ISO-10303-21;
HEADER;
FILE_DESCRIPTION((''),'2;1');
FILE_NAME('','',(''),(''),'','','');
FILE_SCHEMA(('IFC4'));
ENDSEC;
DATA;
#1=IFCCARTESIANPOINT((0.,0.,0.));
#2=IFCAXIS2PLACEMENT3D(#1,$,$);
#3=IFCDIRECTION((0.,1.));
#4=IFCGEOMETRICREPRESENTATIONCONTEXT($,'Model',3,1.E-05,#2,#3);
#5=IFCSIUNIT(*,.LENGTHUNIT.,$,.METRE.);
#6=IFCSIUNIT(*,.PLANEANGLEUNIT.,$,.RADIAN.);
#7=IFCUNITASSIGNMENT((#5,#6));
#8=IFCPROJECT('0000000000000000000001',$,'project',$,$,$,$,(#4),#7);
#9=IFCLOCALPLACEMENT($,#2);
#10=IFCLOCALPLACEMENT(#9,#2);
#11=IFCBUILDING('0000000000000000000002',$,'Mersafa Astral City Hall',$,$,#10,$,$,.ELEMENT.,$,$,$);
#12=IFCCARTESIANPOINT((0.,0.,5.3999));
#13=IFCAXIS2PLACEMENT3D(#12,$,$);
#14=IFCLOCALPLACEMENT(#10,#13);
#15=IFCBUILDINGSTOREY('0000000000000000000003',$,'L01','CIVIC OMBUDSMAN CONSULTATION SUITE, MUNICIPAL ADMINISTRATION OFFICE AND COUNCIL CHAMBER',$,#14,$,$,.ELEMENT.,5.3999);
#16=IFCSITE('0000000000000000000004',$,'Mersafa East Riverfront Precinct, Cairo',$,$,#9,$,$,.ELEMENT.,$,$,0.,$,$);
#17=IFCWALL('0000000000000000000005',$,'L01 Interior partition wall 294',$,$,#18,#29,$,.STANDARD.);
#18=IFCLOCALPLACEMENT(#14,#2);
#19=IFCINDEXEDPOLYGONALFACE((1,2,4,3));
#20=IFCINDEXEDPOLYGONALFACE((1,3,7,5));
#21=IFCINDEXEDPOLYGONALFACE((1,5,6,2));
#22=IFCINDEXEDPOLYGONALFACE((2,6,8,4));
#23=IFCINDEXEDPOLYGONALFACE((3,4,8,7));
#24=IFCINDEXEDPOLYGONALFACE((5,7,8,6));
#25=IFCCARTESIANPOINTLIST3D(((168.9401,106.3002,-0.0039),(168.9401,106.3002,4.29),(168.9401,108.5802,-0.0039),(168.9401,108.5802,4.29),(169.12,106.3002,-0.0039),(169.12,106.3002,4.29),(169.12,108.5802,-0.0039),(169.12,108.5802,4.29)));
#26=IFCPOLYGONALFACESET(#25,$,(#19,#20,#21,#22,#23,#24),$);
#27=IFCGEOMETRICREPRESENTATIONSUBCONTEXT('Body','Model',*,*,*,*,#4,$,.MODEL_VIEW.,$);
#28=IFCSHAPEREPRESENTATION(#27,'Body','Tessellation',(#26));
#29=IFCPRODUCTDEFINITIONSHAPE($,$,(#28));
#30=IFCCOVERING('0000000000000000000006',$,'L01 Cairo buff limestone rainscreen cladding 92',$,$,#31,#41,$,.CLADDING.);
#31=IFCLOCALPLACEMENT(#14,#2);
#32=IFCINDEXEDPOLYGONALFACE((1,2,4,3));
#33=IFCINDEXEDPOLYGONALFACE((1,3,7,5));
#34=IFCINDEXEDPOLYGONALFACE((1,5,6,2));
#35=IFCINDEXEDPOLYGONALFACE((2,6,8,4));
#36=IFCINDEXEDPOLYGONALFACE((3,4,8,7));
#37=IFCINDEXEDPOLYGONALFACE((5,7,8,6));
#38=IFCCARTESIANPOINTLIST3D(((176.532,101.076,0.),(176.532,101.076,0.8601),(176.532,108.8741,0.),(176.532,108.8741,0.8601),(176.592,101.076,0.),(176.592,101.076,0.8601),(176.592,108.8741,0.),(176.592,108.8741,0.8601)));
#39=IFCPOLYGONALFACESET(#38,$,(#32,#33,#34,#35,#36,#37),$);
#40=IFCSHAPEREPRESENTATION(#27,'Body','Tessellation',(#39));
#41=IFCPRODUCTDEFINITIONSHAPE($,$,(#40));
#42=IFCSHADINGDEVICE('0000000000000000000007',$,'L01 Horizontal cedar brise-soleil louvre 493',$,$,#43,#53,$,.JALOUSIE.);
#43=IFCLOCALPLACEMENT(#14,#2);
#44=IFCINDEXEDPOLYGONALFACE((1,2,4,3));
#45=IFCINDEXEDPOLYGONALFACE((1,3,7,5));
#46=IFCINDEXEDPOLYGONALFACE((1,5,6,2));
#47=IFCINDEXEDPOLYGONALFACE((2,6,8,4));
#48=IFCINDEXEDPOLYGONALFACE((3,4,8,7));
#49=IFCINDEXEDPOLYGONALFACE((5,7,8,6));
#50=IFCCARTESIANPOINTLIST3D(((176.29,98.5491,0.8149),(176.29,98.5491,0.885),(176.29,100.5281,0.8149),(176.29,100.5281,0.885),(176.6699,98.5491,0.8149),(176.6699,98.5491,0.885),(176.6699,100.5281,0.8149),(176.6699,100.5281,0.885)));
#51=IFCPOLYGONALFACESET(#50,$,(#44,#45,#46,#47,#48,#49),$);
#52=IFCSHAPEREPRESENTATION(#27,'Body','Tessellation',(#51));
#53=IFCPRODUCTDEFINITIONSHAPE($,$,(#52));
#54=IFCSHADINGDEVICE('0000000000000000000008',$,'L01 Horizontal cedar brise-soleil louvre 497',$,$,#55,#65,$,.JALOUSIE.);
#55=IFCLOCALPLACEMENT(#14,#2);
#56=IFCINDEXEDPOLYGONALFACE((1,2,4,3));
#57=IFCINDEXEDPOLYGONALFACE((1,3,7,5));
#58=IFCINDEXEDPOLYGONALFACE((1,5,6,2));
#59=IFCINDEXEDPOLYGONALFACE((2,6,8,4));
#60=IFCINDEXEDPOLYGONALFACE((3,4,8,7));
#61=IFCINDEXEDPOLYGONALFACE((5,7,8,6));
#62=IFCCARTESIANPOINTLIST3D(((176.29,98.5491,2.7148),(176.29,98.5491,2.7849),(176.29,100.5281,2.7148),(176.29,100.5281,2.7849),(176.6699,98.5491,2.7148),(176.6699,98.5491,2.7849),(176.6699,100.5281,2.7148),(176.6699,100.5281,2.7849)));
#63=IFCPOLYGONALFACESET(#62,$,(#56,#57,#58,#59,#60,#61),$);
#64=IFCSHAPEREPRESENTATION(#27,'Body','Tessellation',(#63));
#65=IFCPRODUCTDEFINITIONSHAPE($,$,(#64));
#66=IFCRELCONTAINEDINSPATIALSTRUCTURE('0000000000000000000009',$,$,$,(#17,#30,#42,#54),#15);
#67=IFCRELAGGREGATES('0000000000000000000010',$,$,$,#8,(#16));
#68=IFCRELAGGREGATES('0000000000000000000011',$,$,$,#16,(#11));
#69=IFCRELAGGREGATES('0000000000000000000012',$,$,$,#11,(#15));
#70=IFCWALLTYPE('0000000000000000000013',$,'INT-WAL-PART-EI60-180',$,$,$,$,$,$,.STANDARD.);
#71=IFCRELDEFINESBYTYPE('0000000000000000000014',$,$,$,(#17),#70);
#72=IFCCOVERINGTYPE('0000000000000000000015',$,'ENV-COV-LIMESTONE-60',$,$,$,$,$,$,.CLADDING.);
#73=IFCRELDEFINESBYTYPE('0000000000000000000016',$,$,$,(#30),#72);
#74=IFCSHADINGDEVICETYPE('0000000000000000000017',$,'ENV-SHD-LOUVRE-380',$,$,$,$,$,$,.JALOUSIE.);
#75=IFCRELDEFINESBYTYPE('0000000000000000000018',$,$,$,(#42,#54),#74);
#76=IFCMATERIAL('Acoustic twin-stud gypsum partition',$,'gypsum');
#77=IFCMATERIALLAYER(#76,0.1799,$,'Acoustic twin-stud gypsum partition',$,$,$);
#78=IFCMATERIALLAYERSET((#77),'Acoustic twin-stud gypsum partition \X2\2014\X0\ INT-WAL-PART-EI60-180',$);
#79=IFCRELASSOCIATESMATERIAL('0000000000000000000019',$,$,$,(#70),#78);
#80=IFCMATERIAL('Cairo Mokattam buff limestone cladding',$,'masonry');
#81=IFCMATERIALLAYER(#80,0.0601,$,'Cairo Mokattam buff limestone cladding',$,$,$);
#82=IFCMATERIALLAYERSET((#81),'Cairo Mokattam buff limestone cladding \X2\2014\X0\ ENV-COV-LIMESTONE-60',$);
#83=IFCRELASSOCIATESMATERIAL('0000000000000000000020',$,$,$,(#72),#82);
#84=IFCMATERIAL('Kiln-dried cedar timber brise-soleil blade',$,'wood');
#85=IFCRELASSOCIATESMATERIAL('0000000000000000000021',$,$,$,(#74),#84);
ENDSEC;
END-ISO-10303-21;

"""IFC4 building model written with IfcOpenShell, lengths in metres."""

from ifc_helpers import new_model, si_unit, direction, frame, frame_2d, origin, origin_2d, place, context, subcontext, project, spatial, rectangle, extrude, material, layer, layer_set, type_object, element, save


model = new_model("IFC4")

# Units and contexts
model_context = context("Model", 3, precision=1e-05, world=origin(), true_north=direction((0.0, 1.0)))
body_context = subcontext(model_context, "Body", "Model", "MODEL_VIEW")
ifc_project = project(units=[si_unit("LENGTHUNIT", "METRE"), si_unit("PLANEANGLEUNIT", "RADIAN")], contexts=[model_context])

# Site, building, storey
site_placement = place(None, origin())
site = spatial("IfcSite", under=ifc_project, at=site_placement, Name="Mersafa East Riverfront Precinct, Cairo", CompositionType="ELEMENT", RefElevation=0.0)
building_placement = place(site_placement, origin())
building = spatial("IfcBuilding", under=site, at=building_placement, Name="Mersafa Astral City Hall", CompositionType="ELEMENT")
storey_placement = place(building_placement, frame((0.0, 0.0, 5.3999)))
storey = spatial("IfcBuildingStorey", under=building, at=storey_placement, Name="L01", Description="CIVIC OMBUDSMAN CONSULTATION SUITE, MUNICIPAL ADMINISTRATION OFFICE AND COUNCIL CHAMBER", CompositionType="ELEMENT", Elevation=5.3999)

# Wall
ifc_material_1 = material(Name="Acoustic twin-stud gypsum partition", Category="gypsum")
ifc_layer_1 = layer(ifc_material_1, 0.1799, Name="Acoustic twin-stud gypsum partition")
ifc_layer_set_1 = layer_set([ifc_layer_1], Name="Acoustic twin-stud gypsum partition — INT-WAL-PART-EI60-180")
wall_type_1 = type_object("IfcWallType", Name="INT-WAL-PART-EI60-180", PredefinedType="STANDARD", material=ifc_layer_set_1)
wall_1_placement = place(storey_placement, frame((169.03, 106.3, -0.0039), z_axis=(0.0, 0.0, 1.0), x_axis=(0.0, 1.0, 0.0)))
element("IfcWall", 1, at=wall_1_placement, inside=storey, type_object=wall_type_1, Name="L01 Interior partition wall 294", PredefinedType="STANDARD", context=body_context, shape_type="SweptSolid", body=[
    extrude(rectangle(XDim=2.28, YDim=0.1799, at=frame_2d((1.1401, 0.0))), origin(), (0.0, 0.0, 1.0), 4.2939),
])

# Covering
ifc_material_2 = material(Name="Cairo Mokattam buff limestone cladding", Category="masonry")
ifc_layer_2 = layer(ifc_material_2, 0.0601, Name="Cairo Mokattam buff limestone cladding")
ifc_layer_set_2 = layer_set([ifc_layer_2], Name="Cairo Mokattam buff limestone cladding — ENV-COV-LIMESTONE-60")
covering_type = type_object("IfcCoveringType", Name="ENV-COV-LIMESTONE-60", PredefinedType="CLADDING", material=ifc_layer_set_2)
covering_placement = place(storey_placement, frame((176.562, 104.9751, 0.0), z_axis=(0.0, 0.0, 1.0), x_axis=(0.0, 1.0, 0.0)))
element("IfcCovering", 2, at=covering_placement, inside=storey, type_object=covering_type, Name="L01 Cairo buff limestone rainscreen cladding 92", PredefinedType="CLADDING", context=body_context, shape_type="SweptSolid", body=[
    extrude(rectangle(XDim=7.7981, YDim=0.0601, at=origin_2d()), origin(), (0.0, 0.0, 1.0), 0.8601),
])

# Shading devices
ifc_material_3 = material(Name="Kiln-dried cedar timber brise-soleil blade", Category="wood")
shading_device_type = type_object("IfcShadingDeviceType", Name="ENV-SHD-LOUVRE-380", PredefinedType="JALOUSIE", material=ifc_material_3)
for number, where, z_axis, x_axis, name in (
    (3, (176.48, 99.5386, 0.8149), (0.0, 0.0, 1.0), (0.0, 1.0, 0.0), "L01 Horizontal cedar brise-soleil louvre 493"),
    (4, (176.48, 99.5386, 2.7148), (0.0, 0.0, 1.0), (0.0, 1.0, 0.0), "L01 Horizontal cedar brise-soleil louvre 497"),
):
    element("IfcShadingDevice", number, at=place(storey_placement, frame(where, z_axis=z_axis, x_axis=x_axis)), inside=storey, type_object=shading_device_type, Name=name, PredefinedType="JALOUSIE", context=body_context, shape_type="SweptSolid", body=[
        extrude(rectangle(XDim=1.979, YDim=0.3799, at=origin_2d()), origin(), (0.0, 0.0, 1.0), 0.0701),
    ])

save(model, "model.ifc")
